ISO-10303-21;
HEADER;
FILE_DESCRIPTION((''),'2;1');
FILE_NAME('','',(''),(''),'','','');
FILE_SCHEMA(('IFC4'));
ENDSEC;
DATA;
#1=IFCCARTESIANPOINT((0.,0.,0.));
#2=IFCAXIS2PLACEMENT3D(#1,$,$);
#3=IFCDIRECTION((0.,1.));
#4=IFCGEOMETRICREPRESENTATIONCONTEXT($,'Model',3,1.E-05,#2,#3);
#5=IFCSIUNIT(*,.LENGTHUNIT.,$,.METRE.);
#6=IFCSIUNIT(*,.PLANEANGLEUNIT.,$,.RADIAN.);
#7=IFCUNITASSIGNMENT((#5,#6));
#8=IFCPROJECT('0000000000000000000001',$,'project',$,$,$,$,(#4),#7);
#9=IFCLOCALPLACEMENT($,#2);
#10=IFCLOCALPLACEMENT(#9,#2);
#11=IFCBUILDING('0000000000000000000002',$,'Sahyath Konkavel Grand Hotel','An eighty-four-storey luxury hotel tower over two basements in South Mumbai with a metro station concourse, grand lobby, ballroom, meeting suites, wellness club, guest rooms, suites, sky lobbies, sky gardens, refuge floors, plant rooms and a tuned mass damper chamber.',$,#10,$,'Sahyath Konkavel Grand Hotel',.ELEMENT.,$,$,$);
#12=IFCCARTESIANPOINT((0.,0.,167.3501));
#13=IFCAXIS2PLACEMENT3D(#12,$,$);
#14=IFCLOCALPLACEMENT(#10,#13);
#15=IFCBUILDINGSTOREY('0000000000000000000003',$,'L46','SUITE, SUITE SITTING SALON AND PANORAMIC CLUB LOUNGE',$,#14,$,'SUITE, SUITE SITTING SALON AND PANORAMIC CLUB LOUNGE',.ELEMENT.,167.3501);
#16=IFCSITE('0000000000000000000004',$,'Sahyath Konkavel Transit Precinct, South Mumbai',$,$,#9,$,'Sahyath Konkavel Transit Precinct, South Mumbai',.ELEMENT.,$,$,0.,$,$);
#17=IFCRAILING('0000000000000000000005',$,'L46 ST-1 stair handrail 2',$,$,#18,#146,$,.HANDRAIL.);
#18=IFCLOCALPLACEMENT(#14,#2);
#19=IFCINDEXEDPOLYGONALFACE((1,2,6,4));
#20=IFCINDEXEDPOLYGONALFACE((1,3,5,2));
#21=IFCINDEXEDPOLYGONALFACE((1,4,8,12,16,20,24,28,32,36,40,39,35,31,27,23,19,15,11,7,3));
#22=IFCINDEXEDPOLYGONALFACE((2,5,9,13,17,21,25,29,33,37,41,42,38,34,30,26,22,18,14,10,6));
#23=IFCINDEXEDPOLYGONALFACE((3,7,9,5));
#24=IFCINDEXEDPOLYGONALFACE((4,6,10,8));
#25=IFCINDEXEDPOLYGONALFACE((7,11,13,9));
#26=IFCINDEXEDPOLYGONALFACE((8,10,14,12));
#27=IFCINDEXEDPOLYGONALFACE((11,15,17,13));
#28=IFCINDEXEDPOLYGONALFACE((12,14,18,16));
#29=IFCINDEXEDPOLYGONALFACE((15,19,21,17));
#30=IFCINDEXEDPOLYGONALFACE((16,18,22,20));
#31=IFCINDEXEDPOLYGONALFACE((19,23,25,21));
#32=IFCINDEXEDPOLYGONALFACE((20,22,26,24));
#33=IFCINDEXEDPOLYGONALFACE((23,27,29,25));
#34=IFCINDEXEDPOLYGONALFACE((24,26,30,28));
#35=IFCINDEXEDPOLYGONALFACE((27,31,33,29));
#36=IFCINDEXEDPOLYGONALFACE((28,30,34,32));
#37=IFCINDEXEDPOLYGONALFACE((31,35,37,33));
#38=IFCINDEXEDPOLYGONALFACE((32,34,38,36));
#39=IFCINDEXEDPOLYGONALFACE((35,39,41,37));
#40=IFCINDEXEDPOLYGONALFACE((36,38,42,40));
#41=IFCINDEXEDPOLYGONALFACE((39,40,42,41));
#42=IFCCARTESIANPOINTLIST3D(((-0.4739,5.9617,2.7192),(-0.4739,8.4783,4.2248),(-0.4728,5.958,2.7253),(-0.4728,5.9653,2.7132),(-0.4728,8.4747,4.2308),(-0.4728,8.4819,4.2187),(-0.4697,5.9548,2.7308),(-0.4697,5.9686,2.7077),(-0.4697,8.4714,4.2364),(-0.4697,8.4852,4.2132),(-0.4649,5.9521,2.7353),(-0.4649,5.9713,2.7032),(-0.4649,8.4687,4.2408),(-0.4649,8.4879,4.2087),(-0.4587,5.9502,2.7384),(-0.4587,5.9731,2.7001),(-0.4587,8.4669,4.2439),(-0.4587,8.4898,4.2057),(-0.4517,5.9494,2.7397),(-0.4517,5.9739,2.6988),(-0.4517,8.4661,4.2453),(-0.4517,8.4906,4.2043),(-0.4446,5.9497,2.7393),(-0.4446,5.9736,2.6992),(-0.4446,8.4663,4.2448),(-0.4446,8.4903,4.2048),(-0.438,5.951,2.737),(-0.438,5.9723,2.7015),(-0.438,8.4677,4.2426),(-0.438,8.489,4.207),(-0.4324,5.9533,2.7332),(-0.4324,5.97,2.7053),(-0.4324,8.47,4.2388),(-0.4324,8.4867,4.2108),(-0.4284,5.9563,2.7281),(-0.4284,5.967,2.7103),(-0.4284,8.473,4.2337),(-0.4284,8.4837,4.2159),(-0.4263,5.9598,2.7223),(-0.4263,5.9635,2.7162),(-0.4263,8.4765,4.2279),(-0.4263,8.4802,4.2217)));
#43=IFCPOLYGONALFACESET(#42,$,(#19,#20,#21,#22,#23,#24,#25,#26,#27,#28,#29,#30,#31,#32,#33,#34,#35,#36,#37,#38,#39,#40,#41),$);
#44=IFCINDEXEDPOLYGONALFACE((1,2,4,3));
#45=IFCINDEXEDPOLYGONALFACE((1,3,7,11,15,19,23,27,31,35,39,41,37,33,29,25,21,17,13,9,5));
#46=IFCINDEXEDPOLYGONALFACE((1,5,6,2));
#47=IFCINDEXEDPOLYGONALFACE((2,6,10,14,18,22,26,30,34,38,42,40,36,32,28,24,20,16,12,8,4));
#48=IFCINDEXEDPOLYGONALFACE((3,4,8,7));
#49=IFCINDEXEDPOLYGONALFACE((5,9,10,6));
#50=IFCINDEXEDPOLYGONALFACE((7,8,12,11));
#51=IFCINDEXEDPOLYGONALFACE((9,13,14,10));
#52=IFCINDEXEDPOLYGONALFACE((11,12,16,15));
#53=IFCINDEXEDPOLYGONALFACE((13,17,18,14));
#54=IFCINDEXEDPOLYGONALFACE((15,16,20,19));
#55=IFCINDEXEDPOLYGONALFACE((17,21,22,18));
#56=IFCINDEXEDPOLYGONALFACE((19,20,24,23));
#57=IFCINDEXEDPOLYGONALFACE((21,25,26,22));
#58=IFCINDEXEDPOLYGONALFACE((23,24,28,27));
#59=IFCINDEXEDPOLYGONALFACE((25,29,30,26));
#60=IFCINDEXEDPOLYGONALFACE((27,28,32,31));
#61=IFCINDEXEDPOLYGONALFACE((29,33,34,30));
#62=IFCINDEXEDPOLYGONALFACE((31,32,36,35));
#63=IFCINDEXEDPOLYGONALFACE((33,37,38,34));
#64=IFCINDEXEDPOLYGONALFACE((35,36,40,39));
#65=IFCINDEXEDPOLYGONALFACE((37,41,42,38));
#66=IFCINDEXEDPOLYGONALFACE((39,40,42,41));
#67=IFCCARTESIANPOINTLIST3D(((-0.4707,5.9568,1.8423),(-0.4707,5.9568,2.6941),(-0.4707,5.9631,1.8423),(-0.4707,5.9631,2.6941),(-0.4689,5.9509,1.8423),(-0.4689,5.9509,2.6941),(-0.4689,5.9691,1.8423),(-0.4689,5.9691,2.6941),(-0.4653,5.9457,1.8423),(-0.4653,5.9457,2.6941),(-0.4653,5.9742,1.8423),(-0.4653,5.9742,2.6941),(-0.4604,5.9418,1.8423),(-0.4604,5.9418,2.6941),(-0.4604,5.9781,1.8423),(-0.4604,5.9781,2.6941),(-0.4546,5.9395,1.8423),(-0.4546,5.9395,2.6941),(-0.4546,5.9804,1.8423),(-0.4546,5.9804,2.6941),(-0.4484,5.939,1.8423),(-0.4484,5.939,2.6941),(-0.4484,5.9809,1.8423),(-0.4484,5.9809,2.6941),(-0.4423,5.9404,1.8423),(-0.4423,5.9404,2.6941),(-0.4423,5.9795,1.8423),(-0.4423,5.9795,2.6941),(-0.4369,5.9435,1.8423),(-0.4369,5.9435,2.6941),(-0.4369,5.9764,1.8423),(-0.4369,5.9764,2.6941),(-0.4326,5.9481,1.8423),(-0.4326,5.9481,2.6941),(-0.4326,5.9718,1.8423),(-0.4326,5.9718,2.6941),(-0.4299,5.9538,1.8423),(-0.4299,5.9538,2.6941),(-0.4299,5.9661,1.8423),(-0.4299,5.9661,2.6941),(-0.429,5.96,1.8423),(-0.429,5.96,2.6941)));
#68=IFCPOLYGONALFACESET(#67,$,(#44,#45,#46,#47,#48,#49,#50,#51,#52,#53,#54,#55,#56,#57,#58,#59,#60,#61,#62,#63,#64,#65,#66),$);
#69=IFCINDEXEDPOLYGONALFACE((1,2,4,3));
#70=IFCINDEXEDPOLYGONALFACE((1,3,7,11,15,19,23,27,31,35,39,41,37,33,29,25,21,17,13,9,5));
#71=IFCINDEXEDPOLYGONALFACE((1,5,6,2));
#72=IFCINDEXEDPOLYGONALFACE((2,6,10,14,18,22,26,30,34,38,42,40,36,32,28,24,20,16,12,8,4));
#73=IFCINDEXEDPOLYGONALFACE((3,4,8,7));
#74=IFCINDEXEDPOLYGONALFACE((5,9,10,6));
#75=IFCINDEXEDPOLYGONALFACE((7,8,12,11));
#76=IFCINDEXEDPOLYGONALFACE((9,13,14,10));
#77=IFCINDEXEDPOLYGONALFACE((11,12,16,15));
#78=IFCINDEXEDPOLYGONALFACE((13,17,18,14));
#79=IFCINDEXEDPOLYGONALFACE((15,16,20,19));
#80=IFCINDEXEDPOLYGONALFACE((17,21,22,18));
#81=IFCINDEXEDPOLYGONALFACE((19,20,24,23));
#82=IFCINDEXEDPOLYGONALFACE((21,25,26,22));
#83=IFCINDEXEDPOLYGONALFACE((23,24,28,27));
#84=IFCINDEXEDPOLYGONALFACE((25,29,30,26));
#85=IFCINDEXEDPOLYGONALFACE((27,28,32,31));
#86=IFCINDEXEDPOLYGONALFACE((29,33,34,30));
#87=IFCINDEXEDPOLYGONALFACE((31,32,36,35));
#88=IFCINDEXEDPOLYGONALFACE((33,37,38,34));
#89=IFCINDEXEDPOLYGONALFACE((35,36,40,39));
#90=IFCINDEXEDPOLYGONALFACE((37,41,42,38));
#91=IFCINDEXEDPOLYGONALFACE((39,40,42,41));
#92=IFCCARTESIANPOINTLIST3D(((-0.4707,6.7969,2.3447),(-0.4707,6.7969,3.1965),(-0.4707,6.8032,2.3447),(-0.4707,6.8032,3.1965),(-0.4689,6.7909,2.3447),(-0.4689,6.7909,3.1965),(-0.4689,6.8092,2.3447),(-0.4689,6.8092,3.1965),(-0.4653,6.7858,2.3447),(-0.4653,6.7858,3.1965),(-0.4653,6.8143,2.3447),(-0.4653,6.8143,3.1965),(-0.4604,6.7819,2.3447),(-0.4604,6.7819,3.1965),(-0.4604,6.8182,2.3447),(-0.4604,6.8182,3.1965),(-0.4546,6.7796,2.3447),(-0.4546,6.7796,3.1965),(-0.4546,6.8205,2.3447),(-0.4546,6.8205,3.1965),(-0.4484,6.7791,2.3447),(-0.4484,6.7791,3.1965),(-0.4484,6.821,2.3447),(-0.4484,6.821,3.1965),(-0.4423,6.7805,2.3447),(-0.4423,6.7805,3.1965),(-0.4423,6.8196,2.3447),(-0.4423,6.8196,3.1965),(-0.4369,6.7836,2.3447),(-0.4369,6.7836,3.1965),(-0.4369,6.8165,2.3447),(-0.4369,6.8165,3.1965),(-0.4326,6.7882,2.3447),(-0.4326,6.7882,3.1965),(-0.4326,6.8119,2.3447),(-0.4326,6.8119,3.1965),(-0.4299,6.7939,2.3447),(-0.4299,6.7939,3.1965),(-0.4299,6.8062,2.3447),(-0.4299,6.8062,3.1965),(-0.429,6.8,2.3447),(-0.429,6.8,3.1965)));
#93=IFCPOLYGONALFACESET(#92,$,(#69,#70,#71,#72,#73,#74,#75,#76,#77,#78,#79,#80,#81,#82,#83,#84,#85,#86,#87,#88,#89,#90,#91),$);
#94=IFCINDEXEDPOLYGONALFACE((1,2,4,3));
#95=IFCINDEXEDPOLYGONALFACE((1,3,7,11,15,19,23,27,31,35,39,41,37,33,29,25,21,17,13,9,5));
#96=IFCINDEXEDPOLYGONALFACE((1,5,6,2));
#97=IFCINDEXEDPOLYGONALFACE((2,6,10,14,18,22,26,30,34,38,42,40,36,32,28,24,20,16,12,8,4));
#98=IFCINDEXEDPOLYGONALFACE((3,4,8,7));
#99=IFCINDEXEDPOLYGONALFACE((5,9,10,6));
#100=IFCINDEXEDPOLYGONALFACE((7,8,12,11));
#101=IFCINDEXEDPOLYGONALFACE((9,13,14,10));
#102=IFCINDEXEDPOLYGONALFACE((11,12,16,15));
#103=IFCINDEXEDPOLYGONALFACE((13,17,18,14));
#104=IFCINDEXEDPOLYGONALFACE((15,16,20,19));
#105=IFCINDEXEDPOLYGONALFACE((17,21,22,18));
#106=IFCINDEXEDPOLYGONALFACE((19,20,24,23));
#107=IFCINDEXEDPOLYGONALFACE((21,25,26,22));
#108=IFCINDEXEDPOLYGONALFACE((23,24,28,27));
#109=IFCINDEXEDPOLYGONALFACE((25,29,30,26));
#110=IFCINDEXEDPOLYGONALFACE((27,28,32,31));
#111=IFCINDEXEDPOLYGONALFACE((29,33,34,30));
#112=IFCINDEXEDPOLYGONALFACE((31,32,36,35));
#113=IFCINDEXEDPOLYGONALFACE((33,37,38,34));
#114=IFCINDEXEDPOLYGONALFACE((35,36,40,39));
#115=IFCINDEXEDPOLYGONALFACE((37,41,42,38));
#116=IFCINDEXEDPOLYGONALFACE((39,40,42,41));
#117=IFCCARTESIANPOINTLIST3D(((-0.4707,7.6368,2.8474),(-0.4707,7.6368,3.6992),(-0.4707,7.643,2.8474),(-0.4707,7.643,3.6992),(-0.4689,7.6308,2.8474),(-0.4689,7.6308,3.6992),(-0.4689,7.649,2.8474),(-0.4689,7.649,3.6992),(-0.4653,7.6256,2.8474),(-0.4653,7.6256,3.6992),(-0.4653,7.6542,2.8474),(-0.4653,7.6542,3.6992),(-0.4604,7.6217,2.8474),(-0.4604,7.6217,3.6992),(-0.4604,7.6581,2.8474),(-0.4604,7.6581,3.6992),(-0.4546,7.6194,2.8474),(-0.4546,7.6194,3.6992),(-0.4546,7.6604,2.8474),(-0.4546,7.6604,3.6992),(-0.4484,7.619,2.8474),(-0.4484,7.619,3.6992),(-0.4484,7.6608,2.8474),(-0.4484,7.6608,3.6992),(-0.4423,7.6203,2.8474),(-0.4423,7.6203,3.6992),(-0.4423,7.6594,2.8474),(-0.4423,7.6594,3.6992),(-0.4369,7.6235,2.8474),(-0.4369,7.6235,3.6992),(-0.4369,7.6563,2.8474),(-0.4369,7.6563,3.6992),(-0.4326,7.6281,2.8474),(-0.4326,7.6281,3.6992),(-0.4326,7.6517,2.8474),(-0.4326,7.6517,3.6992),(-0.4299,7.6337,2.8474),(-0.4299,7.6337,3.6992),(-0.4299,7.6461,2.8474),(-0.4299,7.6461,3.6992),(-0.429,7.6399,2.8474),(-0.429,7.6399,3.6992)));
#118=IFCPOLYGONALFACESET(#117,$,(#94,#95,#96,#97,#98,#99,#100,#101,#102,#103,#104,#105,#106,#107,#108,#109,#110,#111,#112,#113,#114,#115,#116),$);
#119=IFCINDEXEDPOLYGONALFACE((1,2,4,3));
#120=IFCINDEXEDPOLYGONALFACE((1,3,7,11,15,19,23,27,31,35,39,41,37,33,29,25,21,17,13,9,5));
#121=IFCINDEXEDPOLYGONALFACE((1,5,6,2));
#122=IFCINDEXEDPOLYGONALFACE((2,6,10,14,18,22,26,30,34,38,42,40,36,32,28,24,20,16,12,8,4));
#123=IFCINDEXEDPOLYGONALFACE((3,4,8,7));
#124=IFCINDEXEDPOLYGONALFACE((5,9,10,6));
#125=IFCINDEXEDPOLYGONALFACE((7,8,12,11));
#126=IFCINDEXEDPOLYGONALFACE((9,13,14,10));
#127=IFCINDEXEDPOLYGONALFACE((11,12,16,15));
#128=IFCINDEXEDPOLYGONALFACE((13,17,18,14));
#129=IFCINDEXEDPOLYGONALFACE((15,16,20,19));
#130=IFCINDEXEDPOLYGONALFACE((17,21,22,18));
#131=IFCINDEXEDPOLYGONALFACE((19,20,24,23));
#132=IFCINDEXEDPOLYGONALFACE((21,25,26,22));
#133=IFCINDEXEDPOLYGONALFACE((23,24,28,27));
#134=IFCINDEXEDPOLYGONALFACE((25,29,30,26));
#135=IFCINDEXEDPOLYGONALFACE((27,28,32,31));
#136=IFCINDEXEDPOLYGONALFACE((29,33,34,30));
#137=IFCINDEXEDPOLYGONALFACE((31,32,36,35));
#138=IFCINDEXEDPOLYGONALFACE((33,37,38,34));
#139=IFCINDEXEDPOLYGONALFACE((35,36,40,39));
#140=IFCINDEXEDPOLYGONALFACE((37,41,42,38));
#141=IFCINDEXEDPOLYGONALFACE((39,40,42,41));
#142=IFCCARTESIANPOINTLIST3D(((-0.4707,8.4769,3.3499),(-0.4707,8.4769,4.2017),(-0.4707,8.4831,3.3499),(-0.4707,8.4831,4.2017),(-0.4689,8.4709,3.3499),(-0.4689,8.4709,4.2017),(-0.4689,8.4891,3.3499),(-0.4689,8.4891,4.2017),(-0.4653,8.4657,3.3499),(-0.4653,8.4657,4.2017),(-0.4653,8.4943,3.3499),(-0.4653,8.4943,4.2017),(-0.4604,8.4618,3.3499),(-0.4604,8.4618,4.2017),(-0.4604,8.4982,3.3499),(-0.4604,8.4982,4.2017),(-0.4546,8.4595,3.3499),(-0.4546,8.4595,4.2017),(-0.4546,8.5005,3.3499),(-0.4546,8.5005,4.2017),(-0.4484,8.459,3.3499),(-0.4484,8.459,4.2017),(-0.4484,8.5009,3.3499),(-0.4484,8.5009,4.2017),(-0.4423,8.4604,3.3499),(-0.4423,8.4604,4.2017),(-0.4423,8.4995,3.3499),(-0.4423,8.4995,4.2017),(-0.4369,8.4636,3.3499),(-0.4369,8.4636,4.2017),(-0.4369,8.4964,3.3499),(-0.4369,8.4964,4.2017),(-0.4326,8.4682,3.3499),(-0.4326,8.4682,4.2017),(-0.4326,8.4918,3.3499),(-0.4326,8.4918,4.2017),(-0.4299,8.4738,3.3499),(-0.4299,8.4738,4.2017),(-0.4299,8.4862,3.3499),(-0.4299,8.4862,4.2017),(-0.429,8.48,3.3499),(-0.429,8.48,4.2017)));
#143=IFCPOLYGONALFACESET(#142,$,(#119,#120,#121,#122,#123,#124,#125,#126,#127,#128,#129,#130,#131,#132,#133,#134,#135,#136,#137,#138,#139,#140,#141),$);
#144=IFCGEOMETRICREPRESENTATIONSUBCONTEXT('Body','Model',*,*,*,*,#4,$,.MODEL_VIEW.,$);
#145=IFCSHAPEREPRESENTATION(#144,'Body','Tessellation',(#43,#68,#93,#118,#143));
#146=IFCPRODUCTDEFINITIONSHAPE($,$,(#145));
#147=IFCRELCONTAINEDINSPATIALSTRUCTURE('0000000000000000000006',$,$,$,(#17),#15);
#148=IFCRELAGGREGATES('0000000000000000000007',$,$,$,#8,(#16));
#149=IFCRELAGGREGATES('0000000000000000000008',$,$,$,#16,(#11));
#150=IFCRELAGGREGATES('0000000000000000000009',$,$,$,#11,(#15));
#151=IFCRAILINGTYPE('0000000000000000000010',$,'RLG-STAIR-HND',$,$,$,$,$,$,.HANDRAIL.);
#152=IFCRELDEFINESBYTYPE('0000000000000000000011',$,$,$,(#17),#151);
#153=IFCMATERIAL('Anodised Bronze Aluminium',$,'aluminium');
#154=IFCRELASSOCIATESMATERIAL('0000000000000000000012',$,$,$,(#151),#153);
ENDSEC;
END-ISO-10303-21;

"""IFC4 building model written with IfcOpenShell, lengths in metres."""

from ifc_helpers import new_model, si_unit, direction, frame, origin, origin_2d, place, context, subcontext, project, spatial, circle, extrude, material, type_object, element, save


model = new_model("IFC4")

# Units and contexts
model_context = context("Model", 3, precision=1e-05, world=origin(), true_north=direction((0.0, 1.0)))
body_context = subcontext(model_context, "Body", "Model", "MODEL_VIEW")
ifc_project = project(units=[si_unit("LENGTHUNIT", "METRE"), si_unit("PLANEANGLEUNIT", "RADIAN")], contexts=[model_context])

# Site, building, storey
site_placement = place(None, origin())
site = spatial("IfcSite", under=ifc_project, at=site_placement, Name="Sahyath Konkavel Transit Precinct, South Mumbai", LongName="Sahyath Konkavel Transit Precinct, South Mumbai", CompositionType="ELEMENT", RefElevation=0.0)
building_placement = place(site_placement, origin())
building = spatial("IfcBuilding", under=site, at=building_placement, Name="Sahyath Konkavel Grand Hotel", Description="An eighty-four-storey luxury hotel tower over two basements in South Mumbai with a metro station concourse, grand lobby, ballroom, meeting suites, wellness club, guest rooms, suites, sky lobbies, sky gardens, refuge floors, plant rooms and a tuned mass damper chamber.", LongName="Sahyath Konkavel Grand Hotel", CompositionType="ELEMENT")
storey_placement = place(building_placement, frame((0.0, 0.0, 167.3501)))
storey = spatial("IfcBuildingStorey", under=building, at=storey_placement, Name="L46", Description="SUITE, SUITE SITTING SALON AND PANORAMIC CLUB LOUNGE", LongName="SUITE, SUITE SITTING SALON AND PANORAMIC CLUB LOUNGE", CompositionType="ELEMENT", Elevation=167.3501)

# Shared definitions
ifc_material_1 = material(Name="Anodised Bronze Aluminium", Category="aluminium")

# Railing
railing_type_1 = type_object("IfcRailingType", Name="RLG-STAIR-HND", PredefinedType="HANDRAIL", material=ifc_material_1)
railing_1_placement = place(storey_placement, frame((-0.45, 5.96, 1.8423)))
element("IfcRailing", 1, at=railing_1_placement, inside=storey, type_object=railing_type_1, Name="L46 ST-1 stair handrail 2", PredefinedType="HANDRAIL", context=body_context, shape_type="SweptSolid", body=[
    extrude(circle(Radius=0.0239, at=origin_2d()), frame((0.0, 0.0017, 0.877), z_axis=(0.0, 0.85816, 0.513383), x_axis=(-1.0, 0.0, 0.0)), (0.0, 0.0, 1.0), 2.9326),
    extrude(circle(Radius=0.021, at=origin_2d()), origin(), (0.0, 0.0, 1.0), 0.8518),
    extrude(circle(Radius=0.021, at=origin_2d()), frame((0.0, 0.8401, 0.5024)), (0.0, 0.0, 1.0), 0.8518),
    extrude(circle(Radius=0.021, at=origin_2d()), frame((0.0, 1.6799, 1.0051)), (0.0, 0.0, 1.0), 0.8518),
    extrude(circle(Radius=0.021, at=origin_2d()), frame((0.0, 2.52, 1.5076)), (0.0, 0.0, 1.0), 0.8518),
])

save(model, "model.ifc")
